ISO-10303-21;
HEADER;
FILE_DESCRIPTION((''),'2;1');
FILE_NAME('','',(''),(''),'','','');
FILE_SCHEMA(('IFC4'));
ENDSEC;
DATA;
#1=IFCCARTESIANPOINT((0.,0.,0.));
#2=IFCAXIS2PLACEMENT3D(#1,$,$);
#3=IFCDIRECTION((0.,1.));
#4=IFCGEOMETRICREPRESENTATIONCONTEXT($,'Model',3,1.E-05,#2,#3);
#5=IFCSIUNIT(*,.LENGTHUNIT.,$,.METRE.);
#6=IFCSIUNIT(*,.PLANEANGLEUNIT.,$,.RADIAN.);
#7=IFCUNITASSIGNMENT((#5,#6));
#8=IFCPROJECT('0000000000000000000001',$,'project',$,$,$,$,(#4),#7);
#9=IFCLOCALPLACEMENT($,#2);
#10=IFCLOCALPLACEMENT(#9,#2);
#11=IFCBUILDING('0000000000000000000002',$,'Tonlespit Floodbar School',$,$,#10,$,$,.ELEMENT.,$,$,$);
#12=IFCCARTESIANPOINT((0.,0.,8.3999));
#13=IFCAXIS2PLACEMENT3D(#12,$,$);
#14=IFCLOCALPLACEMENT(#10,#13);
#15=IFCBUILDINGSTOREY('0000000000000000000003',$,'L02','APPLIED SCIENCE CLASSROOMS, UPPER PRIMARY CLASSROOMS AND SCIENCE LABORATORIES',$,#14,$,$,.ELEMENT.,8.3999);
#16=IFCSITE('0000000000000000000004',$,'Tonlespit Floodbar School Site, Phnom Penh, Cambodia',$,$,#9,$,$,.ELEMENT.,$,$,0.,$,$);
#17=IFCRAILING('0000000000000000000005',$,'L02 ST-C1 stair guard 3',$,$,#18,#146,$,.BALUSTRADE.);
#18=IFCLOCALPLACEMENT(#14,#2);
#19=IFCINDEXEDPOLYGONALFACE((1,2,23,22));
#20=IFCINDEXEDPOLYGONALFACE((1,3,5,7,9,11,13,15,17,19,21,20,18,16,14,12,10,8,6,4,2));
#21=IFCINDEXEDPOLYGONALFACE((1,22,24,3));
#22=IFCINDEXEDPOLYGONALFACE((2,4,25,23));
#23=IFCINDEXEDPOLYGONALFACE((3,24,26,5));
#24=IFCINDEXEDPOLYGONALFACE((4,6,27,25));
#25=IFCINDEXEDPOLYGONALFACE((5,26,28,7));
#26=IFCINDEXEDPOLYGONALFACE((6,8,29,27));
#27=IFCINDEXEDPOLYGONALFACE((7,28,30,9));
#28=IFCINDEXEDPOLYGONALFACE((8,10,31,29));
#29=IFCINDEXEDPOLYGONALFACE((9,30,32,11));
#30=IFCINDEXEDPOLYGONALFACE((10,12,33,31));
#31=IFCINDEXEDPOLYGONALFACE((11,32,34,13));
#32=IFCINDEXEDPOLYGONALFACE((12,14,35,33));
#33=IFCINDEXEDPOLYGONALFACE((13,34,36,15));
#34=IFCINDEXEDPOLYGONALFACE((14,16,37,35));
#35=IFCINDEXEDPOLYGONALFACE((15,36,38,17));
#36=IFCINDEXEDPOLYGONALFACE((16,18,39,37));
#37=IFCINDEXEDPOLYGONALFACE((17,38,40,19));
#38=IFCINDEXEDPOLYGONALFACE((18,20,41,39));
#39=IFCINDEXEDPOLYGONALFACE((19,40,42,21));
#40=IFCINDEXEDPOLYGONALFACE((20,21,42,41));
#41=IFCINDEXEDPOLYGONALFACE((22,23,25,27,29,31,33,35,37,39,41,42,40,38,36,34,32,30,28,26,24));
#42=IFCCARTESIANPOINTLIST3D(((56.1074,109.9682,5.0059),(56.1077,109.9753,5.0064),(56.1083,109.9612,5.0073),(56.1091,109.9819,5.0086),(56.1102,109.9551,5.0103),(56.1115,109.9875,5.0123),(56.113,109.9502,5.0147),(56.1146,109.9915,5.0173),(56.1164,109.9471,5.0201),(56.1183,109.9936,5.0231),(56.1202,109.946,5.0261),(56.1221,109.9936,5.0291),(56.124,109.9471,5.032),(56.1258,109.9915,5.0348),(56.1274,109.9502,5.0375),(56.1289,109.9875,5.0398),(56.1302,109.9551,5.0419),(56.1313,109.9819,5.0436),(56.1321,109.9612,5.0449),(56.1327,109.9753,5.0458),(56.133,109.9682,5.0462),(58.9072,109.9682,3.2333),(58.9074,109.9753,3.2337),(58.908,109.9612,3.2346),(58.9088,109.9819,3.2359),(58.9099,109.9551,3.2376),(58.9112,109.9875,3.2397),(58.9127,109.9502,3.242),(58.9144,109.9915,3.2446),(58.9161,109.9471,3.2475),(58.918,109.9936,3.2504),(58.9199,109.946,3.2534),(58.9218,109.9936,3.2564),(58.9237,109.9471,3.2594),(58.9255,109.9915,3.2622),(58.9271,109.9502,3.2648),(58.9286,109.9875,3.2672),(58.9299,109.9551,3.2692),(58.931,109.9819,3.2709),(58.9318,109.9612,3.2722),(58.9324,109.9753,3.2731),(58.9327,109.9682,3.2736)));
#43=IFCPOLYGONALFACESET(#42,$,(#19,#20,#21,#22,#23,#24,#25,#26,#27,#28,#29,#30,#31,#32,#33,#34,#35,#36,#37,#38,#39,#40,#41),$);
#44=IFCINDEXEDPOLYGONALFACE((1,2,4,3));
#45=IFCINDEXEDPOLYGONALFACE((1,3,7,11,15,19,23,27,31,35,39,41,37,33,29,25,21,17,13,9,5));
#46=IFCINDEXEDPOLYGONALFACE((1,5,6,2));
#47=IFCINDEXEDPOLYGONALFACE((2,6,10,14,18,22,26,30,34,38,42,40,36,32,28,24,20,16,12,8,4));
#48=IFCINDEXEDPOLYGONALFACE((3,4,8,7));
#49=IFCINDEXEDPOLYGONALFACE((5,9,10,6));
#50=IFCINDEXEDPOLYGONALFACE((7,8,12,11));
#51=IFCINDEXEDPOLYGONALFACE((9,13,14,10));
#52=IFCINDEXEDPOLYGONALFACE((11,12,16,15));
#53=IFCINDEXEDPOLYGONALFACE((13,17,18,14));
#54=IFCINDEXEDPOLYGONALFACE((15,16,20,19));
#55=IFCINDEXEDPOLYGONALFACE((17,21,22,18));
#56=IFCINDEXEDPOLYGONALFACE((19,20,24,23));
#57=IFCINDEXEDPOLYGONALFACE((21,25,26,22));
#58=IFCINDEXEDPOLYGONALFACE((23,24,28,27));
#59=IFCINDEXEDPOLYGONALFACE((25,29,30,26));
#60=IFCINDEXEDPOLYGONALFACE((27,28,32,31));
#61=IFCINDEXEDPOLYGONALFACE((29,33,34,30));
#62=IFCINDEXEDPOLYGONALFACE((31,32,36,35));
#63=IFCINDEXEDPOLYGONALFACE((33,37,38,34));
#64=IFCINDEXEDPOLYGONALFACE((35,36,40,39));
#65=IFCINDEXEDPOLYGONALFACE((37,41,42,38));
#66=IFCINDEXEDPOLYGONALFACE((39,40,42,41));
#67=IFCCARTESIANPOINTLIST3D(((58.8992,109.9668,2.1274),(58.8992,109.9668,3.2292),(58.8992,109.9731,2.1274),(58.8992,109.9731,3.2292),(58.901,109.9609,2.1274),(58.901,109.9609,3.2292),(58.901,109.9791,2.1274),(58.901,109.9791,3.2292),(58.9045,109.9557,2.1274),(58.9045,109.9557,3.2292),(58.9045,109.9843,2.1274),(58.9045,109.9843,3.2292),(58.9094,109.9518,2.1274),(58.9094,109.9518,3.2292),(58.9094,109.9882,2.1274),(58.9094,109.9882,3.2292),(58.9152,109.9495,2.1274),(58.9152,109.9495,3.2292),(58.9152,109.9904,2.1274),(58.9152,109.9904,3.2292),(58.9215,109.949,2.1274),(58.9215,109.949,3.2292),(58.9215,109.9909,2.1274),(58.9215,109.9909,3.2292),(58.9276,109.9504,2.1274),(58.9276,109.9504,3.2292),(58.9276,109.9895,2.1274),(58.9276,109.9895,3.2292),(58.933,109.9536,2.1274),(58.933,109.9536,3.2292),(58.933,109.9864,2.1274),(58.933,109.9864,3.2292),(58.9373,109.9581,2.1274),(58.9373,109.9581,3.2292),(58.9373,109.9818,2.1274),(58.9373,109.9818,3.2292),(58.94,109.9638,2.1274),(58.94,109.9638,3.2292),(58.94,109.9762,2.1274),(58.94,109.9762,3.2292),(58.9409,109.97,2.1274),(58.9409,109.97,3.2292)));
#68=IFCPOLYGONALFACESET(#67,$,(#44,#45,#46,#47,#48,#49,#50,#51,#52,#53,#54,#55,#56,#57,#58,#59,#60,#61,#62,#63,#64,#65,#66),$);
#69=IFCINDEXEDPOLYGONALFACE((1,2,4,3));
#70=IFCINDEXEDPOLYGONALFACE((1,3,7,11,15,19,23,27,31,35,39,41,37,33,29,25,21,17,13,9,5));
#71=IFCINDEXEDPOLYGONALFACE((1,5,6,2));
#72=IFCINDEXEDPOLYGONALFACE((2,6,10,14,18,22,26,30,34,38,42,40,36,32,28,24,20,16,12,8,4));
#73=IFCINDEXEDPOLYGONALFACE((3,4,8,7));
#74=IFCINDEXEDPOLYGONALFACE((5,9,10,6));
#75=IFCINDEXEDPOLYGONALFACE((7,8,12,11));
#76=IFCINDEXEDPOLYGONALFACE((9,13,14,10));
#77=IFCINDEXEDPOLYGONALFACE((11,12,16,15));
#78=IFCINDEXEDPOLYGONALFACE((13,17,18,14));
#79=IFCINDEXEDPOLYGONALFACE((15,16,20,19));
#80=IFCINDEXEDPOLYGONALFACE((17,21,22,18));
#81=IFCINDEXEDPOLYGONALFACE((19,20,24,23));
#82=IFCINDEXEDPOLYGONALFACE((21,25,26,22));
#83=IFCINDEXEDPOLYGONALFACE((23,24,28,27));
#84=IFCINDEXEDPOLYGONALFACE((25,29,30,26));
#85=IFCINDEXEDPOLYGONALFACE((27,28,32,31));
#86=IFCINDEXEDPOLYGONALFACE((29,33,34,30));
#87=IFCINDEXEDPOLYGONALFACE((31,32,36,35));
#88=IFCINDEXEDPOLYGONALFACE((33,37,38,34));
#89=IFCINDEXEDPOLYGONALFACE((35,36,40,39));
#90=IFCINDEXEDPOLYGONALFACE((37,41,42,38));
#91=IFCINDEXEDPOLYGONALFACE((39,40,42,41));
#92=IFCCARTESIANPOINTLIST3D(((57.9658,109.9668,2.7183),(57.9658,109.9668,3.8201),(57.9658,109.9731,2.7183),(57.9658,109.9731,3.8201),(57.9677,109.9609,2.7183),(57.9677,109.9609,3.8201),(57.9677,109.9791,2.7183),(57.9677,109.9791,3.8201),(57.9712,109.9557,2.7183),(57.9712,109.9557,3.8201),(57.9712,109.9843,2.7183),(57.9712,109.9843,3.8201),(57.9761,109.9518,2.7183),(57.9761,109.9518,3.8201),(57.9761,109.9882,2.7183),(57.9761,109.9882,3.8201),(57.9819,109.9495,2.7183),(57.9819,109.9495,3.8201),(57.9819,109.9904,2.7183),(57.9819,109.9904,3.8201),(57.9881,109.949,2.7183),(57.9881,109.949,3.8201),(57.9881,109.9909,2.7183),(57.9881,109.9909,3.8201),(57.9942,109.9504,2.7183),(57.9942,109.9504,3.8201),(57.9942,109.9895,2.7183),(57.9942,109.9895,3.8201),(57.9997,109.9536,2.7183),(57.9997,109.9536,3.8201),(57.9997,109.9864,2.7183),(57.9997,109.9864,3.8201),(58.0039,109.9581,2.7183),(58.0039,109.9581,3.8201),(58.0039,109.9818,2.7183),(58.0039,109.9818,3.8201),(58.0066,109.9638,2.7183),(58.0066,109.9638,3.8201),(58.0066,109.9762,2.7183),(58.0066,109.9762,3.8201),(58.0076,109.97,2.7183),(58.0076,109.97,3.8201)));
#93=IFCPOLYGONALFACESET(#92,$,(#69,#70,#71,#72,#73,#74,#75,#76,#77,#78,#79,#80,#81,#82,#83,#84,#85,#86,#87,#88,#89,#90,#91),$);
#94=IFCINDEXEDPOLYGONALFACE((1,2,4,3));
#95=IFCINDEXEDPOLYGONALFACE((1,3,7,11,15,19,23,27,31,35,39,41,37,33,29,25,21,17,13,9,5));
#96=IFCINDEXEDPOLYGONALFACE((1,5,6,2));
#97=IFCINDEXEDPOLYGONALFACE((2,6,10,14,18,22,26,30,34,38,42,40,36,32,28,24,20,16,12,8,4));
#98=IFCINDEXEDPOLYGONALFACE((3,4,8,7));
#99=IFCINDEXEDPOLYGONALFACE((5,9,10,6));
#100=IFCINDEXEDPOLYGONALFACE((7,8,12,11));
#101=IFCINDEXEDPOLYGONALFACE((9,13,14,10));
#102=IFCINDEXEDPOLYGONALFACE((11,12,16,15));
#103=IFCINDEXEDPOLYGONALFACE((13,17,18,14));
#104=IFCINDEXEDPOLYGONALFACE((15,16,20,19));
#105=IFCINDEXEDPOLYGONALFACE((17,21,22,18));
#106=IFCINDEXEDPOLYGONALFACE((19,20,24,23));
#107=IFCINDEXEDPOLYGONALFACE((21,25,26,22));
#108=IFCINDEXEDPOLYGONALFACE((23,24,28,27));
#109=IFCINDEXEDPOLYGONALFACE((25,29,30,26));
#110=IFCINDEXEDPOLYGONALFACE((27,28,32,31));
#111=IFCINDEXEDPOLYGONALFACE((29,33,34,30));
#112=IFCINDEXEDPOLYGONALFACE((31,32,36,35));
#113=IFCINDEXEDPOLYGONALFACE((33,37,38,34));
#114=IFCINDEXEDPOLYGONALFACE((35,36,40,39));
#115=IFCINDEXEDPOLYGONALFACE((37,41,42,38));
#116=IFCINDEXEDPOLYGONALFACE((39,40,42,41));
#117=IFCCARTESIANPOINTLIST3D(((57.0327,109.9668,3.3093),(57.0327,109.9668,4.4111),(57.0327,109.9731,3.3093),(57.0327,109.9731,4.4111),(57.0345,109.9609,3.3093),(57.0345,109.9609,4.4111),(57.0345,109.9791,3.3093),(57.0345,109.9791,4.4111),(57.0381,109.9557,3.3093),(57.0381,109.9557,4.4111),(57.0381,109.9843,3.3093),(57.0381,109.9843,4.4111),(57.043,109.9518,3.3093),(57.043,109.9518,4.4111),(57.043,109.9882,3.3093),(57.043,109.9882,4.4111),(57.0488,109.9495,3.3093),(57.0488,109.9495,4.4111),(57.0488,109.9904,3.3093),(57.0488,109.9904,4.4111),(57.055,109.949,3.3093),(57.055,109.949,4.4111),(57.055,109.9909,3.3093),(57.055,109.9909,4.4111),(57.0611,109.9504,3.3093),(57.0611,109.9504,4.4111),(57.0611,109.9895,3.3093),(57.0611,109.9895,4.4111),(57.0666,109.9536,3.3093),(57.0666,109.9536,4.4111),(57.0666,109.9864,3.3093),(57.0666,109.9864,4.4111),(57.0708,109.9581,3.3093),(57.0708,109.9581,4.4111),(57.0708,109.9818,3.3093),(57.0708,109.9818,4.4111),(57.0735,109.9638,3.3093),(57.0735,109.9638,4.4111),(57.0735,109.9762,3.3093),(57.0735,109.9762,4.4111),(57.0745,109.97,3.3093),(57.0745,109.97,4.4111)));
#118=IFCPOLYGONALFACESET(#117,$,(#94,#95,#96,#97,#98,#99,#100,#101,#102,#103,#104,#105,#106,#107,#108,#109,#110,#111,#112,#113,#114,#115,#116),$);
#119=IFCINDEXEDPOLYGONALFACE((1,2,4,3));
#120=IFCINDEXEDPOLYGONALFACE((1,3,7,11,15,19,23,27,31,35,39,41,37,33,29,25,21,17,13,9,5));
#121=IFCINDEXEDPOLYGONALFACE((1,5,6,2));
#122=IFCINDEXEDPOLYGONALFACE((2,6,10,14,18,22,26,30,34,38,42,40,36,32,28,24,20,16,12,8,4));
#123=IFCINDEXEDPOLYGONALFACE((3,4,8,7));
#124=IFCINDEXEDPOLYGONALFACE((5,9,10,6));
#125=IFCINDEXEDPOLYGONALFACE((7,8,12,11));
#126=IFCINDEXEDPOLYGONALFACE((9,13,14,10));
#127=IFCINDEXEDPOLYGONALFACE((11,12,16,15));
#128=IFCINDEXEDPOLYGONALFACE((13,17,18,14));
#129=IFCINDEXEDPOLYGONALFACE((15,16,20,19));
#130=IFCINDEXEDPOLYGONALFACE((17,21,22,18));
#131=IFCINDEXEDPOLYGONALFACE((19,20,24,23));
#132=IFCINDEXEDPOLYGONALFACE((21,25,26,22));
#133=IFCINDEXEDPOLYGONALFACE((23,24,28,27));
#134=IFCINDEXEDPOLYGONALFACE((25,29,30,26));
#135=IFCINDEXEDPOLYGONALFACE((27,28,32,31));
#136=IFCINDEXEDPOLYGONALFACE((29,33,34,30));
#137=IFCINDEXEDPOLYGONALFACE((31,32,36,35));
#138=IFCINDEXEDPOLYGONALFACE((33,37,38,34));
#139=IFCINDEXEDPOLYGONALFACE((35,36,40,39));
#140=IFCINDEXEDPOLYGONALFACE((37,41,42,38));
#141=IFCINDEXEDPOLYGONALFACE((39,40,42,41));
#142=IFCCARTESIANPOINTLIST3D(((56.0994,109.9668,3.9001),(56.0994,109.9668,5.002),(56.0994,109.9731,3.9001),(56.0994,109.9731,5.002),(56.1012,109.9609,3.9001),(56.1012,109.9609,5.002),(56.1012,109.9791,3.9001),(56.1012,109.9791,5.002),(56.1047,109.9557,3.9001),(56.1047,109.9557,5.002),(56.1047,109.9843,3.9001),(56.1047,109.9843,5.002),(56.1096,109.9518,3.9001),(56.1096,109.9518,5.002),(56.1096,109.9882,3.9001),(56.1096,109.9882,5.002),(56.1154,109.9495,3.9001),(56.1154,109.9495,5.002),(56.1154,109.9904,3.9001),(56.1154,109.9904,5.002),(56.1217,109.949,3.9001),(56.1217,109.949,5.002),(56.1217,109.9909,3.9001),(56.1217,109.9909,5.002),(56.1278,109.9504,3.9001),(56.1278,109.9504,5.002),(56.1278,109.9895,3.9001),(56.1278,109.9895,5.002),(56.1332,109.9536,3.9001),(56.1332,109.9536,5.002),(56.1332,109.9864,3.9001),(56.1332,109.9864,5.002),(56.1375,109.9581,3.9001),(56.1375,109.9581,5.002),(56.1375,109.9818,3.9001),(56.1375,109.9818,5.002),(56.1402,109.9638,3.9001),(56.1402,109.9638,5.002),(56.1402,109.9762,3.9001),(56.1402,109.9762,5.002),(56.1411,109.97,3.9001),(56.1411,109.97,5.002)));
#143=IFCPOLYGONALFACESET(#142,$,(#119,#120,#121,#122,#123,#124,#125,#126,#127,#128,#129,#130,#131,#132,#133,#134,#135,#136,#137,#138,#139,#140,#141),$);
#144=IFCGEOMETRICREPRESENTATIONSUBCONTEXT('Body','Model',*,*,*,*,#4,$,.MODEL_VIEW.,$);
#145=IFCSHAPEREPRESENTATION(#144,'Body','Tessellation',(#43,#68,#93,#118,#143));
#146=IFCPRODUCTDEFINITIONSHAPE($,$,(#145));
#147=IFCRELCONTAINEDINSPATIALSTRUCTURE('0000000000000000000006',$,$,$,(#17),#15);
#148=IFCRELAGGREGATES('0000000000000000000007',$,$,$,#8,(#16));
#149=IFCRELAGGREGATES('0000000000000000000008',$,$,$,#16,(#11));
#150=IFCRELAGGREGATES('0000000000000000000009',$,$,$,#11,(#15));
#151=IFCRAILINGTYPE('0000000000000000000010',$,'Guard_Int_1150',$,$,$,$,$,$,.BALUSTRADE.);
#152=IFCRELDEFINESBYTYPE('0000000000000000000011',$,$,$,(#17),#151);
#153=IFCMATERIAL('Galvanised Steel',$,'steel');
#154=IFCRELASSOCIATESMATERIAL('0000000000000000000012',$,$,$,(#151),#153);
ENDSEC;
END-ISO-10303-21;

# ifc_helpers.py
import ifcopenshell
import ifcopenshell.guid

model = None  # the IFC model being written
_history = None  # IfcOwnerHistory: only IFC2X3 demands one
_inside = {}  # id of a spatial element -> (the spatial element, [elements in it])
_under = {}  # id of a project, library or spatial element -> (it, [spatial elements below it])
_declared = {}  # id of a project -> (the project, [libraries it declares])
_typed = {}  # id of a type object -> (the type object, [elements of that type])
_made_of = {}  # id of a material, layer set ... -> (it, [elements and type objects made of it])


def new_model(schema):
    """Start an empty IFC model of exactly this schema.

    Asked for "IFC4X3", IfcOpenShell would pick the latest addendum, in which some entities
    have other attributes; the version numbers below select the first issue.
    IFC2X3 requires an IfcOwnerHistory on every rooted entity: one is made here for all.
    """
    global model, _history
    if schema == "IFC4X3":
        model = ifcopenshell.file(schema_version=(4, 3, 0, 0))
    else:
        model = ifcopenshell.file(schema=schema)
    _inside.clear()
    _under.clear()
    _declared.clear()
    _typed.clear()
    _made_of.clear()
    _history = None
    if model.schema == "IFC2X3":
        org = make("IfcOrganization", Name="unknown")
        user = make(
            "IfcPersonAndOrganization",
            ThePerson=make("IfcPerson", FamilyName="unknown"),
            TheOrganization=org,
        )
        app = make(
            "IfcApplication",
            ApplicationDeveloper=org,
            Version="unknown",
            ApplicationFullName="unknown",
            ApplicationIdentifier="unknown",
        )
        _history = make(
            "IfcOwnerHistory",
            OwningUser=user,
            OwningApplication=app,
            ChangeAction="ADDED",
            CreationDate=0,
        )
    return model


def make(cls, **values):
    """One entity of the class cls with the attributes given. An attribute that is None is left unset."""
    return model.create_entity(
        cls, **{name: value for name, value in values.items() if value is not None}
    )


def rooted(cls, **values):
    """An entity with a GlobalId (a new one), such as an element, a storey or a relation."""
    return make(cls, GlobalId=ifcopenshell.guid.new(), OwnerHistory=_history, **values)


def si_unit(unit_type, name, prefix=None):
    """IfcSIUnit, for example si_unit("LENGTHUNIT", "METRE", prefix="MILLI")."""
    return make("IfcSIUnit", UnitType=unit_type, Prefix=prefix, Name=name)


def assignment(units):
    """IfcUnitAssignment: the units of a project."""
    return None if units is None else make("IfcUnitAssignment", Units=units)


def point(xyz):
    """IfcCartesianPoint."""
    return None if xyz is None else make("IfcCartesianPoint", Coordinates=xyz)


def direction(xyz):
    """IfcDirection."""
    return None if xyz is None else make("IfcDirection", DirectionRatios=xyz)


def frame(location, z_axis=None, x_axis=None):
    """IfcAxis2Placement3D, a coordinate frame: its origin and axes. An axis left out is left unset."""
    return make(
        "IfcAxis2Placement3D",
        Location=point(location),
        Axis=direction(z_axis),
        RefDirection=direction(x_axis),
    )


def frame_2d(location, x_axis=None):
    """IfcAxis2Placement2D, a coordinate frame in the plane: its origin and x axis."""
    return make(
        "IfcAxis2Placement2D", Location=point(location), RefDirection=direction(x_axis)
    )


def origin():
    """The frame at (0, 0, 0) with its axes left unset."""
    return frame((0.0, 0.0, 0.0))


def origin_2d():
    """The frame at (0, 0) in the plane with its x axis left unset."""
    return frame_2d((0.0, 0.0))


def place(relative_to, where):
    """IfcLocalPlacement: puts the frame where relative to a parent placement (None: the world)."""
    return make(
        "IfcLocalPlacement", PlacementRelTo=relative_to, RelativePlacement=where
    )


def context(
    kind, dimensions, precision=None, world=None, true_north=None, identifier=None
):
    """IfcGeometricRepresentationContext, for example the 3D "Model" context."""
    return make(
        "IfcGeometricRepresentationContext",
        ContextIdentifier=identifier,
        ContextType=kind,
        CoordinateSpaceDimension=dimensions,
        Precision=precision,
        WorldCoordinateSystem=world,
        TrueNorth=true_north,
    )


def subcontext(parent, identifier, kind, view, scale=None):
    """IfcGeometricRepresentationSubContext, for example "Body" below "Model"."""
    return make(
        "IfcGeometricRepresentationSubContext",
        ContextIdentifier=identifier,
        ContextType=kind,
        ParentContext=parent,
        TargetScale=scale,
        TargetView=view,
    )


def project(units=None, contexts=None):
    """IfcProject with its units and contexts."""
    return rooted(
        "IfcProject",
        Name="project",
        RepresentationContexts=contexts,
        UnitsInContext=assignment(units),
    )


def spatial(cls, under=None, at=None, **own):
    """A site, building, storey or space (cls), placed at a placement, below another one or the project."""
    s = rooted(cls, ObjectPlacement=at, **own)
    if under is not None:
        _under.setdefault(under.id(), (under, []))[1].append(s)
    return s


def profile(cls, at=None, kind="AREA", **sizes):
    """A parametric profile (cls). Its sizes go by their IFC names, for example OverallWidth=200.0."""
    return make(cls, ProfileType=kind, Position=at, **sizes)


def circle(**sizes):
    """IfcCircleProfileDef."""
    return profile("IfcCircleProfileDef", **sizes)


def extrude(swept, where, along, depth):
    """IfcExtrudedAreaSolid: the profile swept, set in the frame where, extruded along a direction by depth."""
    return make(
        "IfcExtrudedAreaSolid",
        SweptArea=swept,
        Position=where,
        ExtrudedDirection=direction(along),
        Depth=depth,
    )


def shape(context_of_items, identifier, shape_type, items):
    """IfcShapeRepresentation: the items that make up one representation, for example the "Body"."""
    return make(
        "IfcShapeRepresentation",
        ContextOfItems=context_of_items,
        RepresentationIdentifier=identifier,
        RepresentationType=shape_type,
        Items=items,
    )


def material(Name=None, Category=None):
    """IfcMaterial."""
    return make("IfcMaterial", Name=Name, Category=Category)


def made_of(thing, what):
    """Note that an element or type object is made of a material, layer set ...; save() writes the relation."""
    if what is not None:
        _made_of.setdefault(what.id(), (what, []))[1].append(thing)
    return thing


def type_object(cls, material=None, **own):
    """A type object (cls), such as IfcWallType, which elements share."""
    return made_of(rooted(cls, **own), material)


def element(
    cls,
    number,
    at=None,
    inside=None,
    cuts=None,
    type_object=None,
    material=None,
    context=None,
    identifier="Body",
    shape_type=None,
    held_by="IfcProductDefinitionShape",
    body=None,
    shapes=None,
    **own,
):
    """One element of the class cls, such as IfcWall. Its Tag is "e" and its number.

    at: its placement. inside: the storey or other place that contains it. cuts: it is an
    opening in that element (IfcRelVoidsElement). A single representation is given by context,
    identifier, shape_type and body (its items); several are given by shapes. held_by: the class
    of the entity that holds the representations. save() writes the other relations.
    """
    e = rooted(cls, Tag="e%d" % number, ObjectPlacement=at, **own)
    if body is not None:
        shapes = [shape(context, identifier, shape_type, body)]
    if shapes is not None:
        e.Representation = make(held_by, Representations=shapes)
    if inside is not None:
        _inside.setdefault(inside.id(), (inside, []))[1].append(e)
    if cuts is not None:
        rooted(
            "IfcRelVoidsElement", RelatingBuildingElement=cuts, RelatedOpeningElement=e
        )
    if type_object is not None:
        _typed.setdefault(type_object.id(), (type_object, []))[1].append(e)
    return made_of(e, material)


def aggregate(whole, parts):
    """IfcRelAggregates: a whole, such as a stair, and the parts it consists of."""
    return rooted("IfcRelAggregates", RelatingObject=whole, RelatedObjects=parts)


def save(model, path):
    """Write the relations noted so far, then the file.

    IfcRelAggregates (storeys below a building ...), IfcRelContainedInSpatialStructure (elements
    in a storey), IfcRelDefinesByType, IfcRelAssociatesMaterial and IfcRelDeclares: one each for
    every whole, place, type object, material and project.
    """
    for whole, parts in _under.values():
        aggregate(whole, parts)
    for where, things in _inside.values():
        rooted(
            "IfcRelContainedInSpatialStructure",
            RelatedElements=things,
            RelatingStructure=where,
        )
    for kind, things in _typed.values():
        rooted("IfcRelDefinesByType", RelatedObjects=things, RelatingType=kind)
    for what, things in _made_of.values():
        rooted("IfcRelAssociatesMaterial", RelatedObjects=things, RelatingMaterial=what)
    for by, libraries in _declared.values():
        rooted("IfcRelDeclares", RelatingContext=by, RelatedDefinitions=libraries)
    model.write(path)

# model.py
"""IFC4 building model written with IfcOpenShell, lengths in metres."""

from ifc_helpers import new_model, si_unit, direction, frame, origin, origin_2d, place, context, subcontext, project, spatial, circle, extrude, material, type_object, element, save


model = new_model("IFC4")

# Units and contexts
model_context = context("Model", 3, precision=1e-05, world=origin(), true_north=direction((0.0, 1.0)))
body_context = subcontext(model_context, "Body", "Model", "MODEL_VIEW")
ifc_project = project(units=[si_unit("LENGTHUNIT", "METRE"), si_unit("PLANEANGLEUNIT", "RADIAN")], contexts=[model_context])

# Site, building, storey
site_placement = place(None, origin())
site = spatial("IfcSite", under=ifc_project, at=site_placement, Name="Tonlespit Floodbar School Site, Phnom Penh, Cambodia", CompositionType="ELEMENT", RefElevation=0.0)
building_placement = place(site_placement, origin())
building = spatial("IfcBuilding", under=site, at=building_placement, Name="Tonlespit Floodbar School", CompositionType="ELEMENT")
storey_placement = place(building_placement, frame((0.0, 0.0, 8.3999)))
storey = spatial("IfcBuildingStorey", under=building, at=storey_placement, Name="L02", Description="APPLIED SCIENCE CLASSROOMS, UPPER PRIMARY CLASSROOMS AND SCIENCE LABORATORIES", CompositionType="ELEMENT", Elevation=8.3999)

# Railing
ifc_material_1 = material(Name="Galvanised Steel", Category="steel")
railing_type = type_object("IfcRailingType", Name="Guard_Int_1150", PredefinedType="BALUSTRADE", material=ifc_material_1)
railing_1_placement = place(storey_placement, frame((58.9199, 109.97, 2.1274)))
element("IfcRailing", 1, at=railing_1_placement, inside=storey, type_object=railing_type, Name="L02 ST-C1 stair guard 3", PredefinedType="BALUSTRADE", context=body_context, shape_type="SweptSolid", body=[
    extrude(circle(Radius=0.0239, at=origin_2d()), frame((0.0, 0.0, 1.126), z_axis=(-0.844888, 0.0, 0.534943), x_axis=(0.0, -1.0, 0.0)), (0.0, 0.0, 1.0), 3.3137),
    extrude(circle(Radius=0.021, at=origin_2d()), origin(), (0.0, 0.0, 1.0), 1.1018),
    extrude(circle(Radius=0.021, at=origin_2d()), frame((-0.9333, 0.0, 0.5908)), (0.0, 0.0, 1.0), 1.1018),
    extrude(circle(Radius=0.021, at=origin_2d()), frame((-1.8665, 0.0, 1.1819)), (0.0, 0.0, 1.0), 1.1018),
    extrude(circle(Radius=0.021, at=origin_2d()), frame((-2.7998, 0.0, 1.7727)), (0.0, 0.0, 1.0), 1.1018),
])

save(model, "model.ifc")
